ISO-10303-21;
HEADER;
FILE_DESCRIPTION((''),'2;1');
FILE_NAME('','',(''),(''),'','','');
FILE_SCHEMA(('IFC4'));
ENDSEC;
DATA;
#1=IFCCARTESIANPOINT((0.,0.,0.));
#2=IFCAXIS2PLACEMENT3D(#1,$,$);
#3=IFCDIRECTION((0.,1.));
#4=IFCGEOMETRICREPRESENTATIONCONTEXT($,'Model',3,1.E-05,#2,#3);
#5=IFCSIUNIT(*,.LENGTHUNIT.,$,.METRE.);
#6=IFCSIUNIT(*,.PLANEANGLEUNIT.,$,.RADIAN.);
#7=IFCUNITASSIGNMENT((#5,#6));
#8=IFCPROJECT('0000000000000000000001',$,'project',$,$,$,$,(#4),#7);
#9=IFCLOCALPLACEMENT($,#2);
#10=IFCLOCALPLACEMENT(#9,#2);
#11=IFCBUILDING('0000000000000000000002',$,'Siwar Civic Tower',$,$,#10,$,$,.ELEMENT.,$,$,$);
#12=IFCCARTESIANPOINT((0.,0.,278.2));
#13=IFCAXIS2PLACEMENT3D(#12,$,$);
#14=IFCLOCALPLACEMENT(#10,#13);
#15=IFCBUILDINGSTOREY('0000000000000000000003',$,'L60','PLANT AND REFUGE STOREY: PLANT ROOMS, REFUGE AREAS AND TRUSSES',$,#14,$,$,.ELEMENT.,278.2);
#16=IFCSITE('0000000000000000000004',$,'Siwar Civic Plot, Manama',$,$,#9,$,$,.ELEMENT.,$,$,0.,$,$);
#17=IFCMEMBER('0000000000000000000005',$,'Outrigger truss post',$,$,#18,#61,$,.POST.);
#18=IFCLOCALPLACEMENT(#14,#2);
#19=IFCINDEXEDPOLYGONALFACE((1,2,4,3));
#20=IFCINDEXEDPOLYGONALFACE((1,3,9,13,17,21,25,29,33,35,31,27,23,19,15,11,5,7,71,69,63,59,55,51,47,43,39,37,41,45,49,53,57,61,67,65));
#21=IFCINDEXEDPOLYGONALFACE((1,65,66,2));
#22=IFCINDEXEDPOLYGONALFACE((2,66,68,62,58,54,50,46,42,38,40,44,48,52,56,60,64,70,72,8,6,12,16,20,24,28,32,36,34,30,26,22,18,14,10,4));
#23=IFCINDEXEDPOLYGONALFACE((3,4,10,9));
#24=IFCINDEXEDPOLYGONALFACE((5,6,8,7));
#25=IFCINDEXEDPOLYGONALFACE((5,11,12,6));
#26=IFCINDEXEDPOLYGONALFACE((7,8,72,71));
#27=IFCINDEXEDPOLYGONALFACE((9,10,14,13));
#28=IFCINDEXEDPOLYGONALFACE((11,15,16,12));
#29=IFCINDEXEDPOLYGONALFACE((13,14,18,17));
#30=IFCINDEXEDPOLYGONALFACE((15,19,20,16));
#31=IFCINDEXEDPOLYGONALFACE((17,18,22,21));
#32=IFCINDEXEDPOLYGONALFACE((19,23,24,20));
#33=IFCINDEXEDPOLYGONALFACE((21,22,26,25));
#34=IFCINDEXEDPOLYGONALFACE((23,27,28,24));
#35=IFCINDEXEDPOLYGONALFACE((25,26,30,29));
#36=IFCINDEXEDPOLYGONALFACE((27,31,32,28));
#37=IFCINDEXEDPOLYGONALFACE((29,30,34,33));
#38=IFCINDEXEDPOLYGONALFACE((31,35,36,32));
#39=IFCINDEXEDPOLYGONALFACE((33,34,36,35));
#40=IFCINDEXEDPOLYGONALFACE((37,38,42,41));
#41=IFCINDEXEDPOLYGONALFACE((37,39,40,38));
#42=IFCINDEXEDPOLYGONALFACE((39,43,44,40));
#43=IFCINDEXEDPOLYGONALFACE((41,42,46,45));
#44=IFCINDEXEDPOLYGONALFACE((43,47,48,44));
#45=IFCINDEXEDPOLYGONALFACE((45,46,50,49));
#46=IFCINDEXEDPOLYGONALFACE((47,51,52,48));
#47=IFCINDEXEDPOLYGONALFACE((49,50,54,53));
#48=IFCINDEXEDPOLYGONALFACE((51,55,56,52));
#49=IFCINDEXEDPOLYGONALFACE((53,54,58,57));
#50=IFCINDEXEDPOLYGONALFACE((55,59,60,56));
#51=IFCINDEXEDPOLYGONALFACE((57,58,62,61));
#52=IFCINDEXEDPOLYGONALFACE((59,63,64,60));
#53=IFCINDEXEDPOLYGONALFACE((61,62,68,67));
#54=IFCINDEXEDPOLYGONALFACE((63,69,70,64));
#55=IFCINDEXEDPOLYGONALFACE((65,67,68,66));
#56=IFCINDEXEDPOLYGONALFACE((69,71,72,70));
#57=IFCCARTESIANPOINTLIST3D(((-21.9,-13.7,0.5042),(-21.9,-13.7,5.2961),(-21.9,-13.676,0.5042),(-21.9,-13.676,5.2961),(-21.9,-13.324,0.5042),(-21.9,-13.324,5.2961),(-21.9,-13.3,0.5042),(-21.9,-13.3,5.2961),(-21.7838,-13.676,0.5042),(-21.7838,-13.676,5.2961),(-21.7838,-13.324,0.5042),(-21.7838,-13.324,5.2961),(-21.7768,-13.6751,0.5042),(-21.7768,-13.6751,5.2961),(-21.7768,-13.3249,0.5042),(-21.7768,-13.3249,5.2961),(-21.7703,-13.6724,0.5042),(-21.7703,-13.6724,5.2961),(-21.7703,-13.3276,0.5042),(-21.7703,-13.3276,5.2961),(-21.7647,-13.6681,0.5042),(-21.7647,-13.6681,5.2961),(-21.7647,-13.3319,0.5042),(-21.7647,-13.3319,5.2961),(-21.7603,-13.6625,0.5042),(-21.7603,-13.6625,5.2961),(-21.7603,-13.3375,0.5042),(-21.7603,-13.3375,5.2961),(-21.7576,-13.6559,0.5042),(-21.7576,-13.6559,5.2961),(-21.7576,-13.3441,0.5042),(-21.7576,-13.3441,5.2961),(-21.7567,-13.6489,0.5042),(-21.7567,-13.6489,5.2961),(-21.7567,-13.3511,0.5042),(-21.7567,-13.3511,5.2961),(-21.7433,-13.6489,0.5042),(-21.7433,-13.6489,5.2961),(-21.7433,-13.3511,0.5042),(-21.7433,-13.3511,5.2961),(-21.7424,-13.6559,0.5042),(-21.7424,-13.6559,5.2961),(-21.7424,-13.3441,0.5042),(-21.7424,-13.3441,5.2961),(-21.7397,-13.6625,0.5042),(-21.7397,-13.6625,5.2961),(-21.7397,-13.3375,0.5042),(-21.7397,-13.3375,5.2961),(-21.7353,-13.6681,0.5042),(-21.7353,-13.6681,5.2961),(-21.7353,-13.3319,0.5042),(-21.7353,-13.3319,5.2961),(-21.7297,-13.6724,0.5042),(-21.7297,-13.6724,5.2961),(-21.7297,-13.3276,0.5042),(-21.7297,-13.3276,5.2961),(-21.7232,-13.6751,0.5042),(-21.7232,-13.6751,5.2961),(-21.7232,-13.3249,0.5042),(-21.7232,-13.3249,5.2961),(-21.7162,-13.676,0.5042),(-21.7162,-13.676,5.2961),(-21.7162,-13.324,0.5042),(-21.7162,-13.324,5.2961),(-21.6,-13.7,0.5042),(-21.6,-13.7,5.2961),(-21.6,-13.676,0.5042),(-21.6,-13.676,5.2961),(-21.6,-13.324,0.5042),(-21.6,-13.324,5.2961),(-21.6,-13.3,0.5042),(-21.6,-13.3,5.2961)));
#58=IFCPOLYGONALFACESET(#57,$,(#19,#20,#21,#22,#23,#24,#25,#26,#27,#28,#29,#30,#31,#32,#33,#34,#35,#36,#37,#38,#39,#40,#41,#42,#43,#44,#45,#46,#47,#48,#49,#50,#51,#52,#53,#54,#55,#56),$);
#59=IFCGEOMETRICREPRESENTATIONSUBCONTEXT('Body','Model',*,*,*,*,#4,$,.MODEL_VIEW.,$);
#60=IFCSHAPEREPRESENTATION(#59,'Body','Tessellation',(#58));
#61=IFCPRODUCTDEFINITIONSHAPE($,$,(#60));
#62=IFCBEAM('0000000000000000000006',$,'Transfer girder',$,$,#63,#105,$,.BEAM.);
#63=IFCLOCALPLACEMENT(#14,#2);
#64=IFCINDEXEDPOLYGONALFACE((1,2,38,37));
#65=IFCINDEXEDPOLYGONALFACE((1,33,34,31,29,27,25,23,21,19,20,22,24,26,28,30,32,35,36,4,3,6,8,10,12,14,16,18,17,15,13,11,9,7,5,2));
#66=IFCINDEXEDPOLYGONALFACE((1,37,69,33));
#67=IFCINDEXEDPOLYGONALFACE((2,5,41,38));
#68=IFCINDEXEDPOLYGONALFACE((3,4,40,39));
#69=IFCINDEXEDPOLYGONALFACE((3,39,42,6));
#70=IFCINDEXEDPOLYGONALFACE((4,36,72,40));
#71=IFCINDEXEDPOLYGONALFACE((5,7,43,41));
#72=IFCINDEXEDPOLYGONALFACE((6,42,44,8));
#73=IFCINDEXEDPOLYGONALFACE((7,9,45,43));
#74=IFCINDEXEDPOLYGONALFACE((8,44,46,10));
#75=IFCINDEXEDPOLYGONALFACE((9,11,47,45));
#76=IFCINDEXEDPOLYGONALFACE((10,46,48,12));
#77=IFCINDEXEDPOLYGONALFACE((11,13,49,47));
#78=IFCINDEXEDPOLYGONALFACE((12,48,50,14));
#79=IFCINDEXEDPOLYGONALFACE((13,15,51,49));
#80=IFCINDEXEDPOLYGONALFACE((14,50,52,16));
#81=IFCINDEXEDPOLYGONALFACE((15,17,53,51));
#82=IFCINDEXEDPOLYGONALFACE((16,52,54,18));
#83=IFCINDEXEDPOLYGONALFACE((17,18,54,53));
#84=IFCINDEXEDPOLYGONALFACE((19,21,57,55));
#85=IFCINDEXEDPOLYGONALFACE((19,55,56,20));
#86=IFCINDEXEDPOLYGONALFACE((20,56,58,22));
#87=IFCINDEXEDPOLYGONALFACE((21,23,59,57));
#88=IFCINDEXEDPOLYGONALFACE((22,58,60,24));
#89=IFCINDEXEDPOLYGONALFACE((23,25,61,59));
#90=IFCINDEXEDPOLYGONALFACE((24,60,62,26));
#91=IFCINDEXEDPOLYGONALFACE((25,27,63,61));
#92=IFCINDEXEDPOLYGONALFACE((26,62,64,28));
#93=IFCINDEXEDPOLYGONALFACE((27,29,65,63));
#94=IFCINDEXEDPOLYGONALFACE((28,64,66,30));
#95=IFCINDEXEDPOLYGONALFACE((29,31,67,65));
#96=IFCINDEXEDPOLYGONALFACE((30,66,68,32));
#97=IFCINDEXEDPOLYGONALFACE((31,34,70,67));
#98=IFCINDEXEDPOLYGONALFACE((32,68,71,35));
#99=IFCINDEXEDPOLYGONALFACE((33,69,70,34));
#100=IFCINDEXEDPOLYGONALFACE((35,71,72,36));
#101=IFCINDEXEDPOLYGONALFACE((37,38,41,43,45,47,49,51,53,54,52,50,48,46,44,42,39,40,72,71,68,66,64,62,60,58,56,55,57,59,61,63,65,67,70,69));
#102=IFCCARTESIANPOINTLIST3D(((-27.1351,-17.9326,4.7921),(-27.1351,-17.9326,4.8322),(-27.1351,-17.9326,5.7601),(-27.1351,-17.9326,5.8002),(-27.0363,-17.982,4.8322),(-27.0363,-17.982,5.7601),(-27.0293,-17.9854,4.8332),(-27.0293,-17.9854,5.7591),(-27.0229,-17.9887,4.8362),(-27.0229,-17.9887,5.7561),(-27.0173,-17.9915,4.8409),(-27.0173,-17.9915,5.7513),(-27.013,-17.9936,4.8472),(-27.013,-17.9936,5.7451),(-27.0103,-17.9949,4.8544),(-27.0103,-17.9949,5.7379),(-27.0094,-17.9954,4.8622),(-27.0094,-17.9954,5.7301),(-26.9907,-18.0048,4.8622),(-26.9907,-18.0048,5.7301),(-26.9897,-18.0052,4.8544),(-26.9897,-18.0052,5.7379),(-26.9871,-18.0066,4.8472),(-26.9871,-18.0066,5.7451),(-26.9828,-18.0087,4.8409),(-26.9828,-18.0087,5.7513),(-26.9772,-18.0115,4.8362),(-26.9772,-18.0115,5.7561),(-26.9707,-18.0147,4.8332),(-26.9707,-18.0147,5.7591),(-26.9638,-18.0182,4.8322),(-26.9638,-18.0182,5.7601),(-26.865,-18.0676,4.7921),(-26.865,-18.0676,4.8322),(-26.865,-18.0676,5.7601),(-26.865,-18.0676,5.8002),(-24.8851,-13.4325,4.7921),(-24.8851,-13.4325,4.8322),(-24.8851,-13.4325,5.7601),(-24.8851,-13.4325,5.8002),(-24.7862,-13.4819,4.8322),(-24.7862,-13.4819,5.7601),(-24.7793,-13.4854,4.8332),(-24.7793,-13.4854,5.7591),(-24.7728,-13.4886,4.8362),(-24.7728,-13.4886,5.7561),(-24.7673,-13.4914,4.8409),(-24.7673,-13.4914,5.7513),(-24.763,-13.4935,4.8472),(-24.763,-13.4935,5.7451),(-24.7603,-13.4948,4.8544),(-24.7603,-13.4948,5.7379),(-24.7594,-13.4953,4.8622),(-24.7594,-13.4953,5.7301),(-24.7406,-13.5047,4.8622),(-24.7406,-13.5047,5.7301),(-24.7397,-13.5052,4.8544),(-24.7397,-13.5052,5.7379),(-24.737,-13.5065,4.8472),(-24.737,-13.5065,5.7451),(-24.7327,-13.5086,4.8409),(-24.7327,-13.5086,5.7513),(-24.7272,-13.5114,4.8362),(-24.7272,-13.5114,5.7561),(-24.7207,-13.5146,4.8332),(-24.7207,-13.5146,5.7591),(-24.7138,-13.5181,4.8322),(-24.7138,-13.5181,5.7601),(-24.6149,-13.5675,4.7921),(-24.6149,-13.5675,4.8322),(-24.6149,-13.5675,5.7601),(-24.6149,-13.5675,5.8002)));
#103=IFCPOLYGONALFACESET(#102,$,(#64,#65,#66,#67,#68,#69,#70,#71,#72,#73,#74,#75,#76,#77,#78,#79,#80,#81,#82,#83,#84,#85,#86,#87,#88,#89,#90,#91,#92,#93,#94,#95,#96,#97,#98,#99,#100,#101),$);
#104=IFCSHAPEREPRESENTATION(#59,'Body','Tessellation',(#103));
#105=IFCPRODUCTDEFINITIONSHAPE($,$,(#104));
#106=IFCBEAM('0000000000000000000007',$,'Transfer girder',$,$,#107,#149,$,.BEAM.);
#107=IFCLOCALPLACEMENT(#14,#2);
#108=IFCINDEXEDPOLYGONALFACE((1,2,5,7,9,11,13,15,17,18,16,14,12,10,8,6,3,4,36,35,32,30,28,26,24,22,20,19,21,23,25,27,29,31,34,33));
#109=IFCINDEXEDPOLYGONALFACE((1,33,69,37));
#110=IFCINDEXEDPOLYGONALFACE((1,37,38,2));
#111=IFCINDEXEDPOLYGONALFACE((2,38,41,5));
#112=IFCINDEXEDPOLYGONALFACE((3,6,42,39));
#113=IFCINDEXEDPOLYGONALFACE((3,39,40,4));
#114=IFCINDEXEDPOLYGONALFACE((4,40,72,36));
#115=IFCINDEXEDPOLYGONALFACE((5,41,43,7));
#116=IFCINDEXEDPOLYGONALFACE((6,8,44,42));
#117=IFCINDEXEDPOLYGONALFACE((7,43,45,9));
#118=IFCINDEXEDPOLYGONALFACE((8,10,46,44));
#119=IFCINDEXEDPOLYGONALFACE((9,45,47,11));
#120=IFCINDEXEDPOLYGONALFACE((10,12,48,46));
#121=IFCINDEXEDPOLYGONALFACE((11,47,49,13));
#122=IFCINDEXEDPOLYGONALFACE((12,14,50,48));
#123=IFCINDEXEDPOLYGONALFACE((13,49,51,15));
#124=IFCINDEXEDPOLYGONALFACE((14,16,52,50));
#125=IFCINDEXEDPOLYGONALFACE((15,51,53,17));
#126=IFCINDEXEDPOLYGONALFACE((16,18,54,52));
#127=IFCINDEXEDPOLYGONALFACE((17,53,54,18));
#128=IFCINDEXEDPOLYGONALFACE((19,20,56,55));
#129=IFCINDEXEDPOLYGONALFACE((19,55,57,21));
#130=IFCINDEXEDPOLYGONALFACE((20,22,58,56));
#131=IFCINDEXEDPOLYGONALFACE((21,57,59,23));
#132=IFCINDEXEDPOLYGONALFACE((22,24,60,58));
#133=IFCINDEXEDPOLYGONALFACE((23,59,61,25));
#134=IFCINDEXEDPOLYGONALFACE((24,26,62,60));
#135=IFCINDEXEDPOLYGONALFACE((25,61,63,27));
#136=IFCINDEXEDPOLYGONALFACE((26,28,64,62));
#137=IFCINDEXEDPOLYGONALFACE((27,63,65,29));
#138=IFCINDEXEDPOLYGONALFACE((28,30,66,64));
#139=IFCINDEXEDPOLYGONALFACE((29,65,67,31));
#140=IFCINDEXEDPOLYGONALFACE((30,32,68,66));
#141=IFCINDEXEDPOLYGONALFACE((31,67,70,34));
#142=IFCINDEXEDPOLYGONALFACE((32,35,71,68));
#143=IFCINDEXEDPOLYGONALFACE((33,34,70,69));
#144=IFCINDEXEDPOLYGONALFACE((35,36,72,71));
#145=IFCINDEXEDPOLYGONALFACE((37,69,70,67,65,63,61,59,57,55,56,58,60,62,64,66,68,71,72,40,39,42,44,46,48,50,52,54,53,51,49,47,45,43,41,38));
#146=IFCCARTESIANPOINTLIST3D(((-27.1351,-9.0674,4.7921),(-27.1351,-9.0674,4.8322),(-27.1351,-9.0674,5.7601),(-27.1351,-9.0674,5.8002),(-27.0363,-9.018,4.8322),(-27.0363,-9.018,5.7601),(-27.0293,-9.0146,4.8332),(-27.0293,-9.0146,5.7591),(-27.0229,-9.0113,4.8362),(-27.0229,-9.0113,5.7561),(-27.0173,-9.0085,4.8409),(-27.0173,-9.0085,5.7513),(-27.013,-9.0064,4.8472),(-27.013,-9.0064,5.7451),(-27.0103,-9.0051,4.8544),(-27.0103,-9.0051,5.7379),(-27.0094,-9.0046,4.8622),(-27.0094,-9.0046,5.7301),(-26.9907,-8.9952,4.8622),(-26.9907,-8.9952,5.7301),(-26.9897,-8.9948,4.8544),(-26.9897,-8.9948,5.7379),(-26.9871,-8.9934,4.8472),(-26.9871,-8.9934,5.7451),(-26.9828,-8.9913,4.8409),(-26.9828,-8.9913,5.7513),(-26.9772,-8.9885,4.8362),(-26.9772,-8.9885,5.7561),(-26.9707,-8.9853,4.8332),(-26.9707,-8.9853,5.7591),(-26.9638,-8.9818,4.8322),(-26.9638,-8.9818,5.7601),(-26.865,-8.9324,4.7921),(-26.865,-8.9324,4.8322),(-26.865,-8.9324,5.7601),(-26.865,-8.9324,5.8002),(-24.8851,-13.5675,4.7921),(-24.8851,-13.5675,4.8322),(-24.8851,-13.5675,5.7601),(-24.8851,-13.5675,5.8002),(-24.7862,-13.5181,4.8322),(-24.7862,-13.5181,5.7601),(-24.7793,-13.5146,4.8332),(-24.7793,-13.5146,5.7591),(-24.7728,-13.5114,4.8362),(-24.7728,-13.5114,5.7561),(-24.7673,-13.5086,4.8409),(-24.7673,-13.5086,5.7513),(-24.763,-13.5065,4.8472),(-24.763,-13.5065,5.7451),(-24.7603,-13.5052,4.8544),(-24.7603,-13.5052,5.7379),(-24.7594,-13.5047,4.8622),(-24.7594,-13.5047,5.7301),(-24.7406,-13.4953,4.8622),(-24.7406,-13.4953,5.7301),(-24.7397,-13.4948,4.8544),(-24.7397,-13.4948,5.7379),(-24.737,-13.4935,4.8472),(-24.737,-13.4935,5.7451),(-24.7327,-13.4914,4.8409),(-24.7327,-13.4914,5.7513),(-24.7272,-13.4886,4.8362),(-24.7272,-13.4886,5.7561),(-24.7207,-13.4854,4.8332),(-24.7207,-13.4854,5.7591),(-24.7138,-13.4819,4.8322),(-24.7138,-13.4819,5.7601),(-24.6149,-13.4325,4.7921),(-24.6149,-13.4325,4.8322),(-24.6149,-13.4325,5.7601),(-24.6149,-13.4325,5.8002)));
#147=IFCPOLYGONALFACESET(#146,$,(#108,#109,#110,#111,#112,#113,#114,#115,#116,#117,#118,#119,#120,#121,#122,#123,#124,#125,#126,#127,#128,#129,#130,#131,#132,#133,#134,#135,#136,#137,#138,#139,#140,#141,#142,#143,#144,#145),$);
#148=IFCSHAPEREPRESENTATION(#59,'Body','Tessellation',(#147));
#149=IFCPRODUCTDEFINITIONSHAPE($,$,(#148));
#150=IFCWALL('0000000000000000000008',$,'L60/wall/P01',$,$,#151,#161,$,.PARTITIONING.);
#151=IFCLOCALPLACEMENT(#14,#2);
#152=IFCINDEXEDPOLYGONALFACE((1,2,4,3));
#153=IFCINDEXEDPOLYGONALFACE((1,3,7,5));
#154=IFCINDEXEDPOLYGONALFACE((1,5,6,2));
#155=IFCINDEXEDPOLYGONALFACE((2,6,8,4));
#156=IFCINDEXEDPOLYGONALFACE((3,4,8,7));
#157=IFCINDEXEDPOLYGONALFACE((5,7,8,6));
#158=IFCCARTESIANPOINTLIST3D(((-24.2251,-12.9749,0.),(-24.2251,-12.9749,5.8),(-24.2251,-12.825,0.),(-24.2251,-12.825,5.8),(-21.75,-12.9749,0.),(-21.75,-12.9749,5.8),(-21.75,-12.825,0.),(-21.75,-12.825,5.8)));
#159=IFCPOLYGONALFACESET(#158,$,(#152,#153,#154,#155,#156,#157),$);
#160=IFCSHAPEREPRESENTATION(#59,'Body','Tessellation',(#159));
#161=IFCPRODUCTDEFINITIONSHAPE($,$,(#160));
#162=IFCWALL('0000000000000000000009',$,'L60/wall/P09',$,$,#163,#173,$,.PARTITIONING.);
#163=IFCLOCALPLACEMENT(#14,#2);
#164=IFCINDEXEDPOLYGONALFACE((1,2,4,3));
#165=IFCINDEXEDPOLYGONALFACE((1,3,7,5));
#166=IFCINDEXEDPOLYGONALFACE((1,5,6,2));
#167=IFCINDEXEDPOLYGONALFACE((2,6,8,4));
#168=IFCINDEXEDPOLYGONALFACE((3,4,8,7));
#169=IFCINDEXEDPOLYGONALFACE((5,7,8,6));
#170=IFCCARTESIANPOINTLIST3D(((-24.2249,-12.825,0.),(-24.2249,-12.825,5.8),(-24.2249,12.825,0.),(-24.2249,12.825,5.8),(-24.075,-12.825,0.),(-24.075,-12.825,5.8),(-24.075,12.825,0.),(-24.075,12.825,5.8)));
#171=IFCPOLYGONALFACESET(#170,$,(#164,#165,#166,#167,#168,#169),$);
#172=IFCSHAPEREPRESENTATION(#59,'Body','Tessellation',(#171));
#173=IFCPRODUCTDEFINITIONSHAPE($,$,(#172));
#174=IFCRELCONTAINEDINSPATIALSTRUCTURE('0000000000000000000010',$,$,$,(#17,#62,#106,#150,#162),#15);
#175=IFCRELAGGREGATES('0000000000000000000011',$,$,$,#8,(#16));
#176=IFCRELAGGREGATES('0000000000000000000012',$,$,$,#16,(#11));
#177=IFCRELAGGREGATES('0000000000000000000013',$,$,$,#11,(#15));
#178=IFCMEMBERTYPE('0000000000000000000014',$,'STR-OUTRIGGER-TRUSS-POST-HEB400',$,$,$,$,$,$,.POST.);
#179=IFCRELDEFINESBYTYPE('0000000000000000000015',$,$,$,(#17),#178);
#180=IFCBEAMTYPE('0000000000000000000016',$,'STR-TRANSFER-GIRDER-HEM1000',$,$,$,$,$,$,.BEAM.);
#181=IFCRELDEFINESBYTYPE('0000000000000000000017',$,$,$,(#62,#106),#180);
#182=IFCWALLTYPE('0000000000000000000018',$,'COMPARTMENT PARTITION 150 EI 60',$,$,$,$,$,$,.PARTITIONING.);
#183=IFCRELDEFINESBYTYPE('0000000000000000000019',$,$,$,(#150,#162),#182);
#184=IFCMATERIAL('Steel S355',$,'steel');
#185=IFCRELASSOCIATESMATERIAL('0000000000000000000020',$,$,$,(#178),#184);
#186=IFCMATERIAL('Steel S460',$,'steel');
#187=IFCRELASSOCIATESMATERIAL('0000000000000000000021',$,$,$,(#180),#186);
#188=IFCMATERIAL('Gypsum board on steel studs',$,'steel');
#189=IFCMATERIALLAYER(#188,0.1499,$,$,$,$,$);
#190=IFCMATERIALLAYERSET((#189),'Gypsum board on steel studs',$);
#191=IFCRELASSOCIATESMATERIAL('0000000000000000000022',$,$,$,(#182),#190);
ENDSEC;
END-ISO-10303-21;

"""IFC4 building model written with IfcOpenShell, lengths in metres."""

from ifc_helpers import new_model, si_unit, direction, frame, frame_2d, origin, origin_2d, place, context, subcontext, project, spatial, rectangle, i_section, extrude, material, layer, layer_set, material_profile, profile_set, type_object, element, save


model = new_model("IFC4")

# Units and contexts
model_context = context("Model", 3, precision=1e-05, world=origin(), true_north=direction((0.0, 1.0)))
body_context = subcontext(model_context, "Body", "Model", "MODEL_VIEW")
ifc_project = project(units=[si_unit("LENGTHUNIT", "METRE"), si_unit("PLANEANGLEUNIT", "RADIAN")], contexts=[model_context])

# Site, building, storey
site_placement = place(None, origin())
site = spatial("IfcSite", under=ifc_project, at=site_placement, Name="Siwar Civic Plot, Manama", CompositionType="ELEMENT", RefElevation=0.0)
building_placement = place(site_placement, origin())
building = spatial("IfcBuilding", under=site, at=building_placement, Name="Siwar Civic Tower", CompositionType="ELEMENT")
storey_placement = place(building_placement, frame((0.0, 0.0, 278.2)))
storey = spatial("IfcBuildingStorey", under=building, at=storey_placement, Name="L60", Description="PLANT AND REFUGE STOREY: PLANT ROOMS, REFUGE AREAS AND TRUSSES", CompositionType="ELEMENT", Elevation=278.2)

# Member
ifc_material_1 = material(Name="Steel S355", Category="steel")
ifc_material_profile_1 = material_profile(ifc_material_1, i_section(OverallWidth=0.3, OverallDepth=0.3999, WebThickness=0.0134, FlangeThickness=0.0239, FilletRadius=0.0271, at=origin_2d()), Name="HEB400")
ifc_profile_set_1 = profile_set([ifc_material_profile_1], Name="Steel S355")
member_type_1 = type_object("IfcMemberType", Name="STR-OUTRIGGER-TRUSS-POST-HEB400", PredefinedType="POST", material=ifc_profile_set_1)
member_1_placement = place(storey_placement, frame((-21.75, -13.5, 0.5042), z_axis=(0.0, 0.0, 1.0), x_axis=(1.0, 0.0, 0.0)))
element("IfcMember", 1, at=member_1_placement, inside=storey, type_object=member_type_1, Name="Outrigger truss post", PredefinedType="POST", context=body_context, shape_type="SweptSolid", body=[
    extrude(i_section(OverallWidth=0.3, OverallDepth=0.3999, WebThickness=0.0134, FlangeThickness=0.0239, FilletRadius=0.0271, at=origin_2d()), origin(), (0.0, 0.0, 1.0), 4.792),
])

# Beams
ifc_material_2 = material(Name="Steel S460", Category="steel")
ifc_material_profile_2 = material_profile(ifc_material_2, i_section(OverallWidth=0.302, OverallDepth=1.0081, WebThickness=0.021, FlangeThickness=0.04, FilletRadius=0.03, at=origin_2d()), Name="HEM1000")
ifc_profile_set_2 = profile_set([ifc_material_profile_2], Name="Steel S460")
beam_type_1 = type_object("IfcBeamType", Name="STR-TRANSFER-GIRDER-HEM1000", PredefinedType="BEAM", material=ifc_profile_set_2)
for number, where, z_axis, x_axis, name in (
    (2, (-24.75, -13.5, 5.2961), (-0.447214, -0.894427, 0.0), (0.894427, -0.447214, 0.0), "Transfer girder"),
    (3, (-24.75, -13.5, 5.2961), (-0.447214, 0.894427, 0.0), (-0.894427, -0.447214, 0.0), "Transfer girder"),
):
    element("IfcBeam", number, at=place(storey_placement, frame(where, z_axis=z_axis, x_axis=x_axis)), inside=storey, type_object=beam_type_1, Name=name, PredefinedType="BEAM", context=body_context, shape_type="SweptSolid", body=[
        extrude(i_section(OverallWidth=0.302, OverallDepth=1.0081, WebThickness=0.021, FlangeThickness=0.04, FilletRadius=0.03, at=origin_2d()), origin(), (0.0, 0.0, 1.0), 5.0312),
    ])

# Walls
ifc_material_3 = material(Name="Gypsum board on steel studs", Category="steel")
ifc_layer_1 = layer(ifc_material_3, 0.1499)
ifc_layer_set_1 = layer_set([ifc_layer_1], Name="Gypsum board on steel studs")
wall_type_1 = type_object("IfcWallType", Name="COMPARTMENT PARTITION 150 EI 60", PredefinedType="PARTITIONING", material=ifc_layer_set_1)
wall_1_placement = place(storey_placement, frame((-24.2251, -12.8999, 0.0), z_axis=(0.0, 0.0, 1.0), x_axis=(1.0, 0.0, 0.0)))
element("IfcWall", 4, at=wall_1_placement, inside=storey, type_object=wall_type_1, Name="L60/wall/P01", PredefinedType="PARTITIONING", context=body_context, shape_type="SweptSolid", body=[
    extrude(rectangle(XDim=2.4751, YDim=0.1499, at=frame_2d((1.2375, 0.0))), origin(), (0.0, 0.0, 1.0), 5.8),
])
wall_2_placement = place(storey_placement, frame((-24.1499, -12.825, 0.0), z_axis=(0.0, 0.0, 1.0), x_axis=(0.0, 1.0, 0.0)))
element("IfcWall", 5, at=wall_2_placement, inside=storey, type_object=wall_type_1, Name="L60/wall/P09", PredefinedType="PARTITIONING", context=body_context, shape_type="SweptSolid", body=[
    extrude(rectangle(XDim=25.6499, YDim=0.1499, at=frame_2d((12.825, 0.0))), origin(), (0.0, 0.0, 1.0), 5.8),
])

save(model, "model.ifc")
